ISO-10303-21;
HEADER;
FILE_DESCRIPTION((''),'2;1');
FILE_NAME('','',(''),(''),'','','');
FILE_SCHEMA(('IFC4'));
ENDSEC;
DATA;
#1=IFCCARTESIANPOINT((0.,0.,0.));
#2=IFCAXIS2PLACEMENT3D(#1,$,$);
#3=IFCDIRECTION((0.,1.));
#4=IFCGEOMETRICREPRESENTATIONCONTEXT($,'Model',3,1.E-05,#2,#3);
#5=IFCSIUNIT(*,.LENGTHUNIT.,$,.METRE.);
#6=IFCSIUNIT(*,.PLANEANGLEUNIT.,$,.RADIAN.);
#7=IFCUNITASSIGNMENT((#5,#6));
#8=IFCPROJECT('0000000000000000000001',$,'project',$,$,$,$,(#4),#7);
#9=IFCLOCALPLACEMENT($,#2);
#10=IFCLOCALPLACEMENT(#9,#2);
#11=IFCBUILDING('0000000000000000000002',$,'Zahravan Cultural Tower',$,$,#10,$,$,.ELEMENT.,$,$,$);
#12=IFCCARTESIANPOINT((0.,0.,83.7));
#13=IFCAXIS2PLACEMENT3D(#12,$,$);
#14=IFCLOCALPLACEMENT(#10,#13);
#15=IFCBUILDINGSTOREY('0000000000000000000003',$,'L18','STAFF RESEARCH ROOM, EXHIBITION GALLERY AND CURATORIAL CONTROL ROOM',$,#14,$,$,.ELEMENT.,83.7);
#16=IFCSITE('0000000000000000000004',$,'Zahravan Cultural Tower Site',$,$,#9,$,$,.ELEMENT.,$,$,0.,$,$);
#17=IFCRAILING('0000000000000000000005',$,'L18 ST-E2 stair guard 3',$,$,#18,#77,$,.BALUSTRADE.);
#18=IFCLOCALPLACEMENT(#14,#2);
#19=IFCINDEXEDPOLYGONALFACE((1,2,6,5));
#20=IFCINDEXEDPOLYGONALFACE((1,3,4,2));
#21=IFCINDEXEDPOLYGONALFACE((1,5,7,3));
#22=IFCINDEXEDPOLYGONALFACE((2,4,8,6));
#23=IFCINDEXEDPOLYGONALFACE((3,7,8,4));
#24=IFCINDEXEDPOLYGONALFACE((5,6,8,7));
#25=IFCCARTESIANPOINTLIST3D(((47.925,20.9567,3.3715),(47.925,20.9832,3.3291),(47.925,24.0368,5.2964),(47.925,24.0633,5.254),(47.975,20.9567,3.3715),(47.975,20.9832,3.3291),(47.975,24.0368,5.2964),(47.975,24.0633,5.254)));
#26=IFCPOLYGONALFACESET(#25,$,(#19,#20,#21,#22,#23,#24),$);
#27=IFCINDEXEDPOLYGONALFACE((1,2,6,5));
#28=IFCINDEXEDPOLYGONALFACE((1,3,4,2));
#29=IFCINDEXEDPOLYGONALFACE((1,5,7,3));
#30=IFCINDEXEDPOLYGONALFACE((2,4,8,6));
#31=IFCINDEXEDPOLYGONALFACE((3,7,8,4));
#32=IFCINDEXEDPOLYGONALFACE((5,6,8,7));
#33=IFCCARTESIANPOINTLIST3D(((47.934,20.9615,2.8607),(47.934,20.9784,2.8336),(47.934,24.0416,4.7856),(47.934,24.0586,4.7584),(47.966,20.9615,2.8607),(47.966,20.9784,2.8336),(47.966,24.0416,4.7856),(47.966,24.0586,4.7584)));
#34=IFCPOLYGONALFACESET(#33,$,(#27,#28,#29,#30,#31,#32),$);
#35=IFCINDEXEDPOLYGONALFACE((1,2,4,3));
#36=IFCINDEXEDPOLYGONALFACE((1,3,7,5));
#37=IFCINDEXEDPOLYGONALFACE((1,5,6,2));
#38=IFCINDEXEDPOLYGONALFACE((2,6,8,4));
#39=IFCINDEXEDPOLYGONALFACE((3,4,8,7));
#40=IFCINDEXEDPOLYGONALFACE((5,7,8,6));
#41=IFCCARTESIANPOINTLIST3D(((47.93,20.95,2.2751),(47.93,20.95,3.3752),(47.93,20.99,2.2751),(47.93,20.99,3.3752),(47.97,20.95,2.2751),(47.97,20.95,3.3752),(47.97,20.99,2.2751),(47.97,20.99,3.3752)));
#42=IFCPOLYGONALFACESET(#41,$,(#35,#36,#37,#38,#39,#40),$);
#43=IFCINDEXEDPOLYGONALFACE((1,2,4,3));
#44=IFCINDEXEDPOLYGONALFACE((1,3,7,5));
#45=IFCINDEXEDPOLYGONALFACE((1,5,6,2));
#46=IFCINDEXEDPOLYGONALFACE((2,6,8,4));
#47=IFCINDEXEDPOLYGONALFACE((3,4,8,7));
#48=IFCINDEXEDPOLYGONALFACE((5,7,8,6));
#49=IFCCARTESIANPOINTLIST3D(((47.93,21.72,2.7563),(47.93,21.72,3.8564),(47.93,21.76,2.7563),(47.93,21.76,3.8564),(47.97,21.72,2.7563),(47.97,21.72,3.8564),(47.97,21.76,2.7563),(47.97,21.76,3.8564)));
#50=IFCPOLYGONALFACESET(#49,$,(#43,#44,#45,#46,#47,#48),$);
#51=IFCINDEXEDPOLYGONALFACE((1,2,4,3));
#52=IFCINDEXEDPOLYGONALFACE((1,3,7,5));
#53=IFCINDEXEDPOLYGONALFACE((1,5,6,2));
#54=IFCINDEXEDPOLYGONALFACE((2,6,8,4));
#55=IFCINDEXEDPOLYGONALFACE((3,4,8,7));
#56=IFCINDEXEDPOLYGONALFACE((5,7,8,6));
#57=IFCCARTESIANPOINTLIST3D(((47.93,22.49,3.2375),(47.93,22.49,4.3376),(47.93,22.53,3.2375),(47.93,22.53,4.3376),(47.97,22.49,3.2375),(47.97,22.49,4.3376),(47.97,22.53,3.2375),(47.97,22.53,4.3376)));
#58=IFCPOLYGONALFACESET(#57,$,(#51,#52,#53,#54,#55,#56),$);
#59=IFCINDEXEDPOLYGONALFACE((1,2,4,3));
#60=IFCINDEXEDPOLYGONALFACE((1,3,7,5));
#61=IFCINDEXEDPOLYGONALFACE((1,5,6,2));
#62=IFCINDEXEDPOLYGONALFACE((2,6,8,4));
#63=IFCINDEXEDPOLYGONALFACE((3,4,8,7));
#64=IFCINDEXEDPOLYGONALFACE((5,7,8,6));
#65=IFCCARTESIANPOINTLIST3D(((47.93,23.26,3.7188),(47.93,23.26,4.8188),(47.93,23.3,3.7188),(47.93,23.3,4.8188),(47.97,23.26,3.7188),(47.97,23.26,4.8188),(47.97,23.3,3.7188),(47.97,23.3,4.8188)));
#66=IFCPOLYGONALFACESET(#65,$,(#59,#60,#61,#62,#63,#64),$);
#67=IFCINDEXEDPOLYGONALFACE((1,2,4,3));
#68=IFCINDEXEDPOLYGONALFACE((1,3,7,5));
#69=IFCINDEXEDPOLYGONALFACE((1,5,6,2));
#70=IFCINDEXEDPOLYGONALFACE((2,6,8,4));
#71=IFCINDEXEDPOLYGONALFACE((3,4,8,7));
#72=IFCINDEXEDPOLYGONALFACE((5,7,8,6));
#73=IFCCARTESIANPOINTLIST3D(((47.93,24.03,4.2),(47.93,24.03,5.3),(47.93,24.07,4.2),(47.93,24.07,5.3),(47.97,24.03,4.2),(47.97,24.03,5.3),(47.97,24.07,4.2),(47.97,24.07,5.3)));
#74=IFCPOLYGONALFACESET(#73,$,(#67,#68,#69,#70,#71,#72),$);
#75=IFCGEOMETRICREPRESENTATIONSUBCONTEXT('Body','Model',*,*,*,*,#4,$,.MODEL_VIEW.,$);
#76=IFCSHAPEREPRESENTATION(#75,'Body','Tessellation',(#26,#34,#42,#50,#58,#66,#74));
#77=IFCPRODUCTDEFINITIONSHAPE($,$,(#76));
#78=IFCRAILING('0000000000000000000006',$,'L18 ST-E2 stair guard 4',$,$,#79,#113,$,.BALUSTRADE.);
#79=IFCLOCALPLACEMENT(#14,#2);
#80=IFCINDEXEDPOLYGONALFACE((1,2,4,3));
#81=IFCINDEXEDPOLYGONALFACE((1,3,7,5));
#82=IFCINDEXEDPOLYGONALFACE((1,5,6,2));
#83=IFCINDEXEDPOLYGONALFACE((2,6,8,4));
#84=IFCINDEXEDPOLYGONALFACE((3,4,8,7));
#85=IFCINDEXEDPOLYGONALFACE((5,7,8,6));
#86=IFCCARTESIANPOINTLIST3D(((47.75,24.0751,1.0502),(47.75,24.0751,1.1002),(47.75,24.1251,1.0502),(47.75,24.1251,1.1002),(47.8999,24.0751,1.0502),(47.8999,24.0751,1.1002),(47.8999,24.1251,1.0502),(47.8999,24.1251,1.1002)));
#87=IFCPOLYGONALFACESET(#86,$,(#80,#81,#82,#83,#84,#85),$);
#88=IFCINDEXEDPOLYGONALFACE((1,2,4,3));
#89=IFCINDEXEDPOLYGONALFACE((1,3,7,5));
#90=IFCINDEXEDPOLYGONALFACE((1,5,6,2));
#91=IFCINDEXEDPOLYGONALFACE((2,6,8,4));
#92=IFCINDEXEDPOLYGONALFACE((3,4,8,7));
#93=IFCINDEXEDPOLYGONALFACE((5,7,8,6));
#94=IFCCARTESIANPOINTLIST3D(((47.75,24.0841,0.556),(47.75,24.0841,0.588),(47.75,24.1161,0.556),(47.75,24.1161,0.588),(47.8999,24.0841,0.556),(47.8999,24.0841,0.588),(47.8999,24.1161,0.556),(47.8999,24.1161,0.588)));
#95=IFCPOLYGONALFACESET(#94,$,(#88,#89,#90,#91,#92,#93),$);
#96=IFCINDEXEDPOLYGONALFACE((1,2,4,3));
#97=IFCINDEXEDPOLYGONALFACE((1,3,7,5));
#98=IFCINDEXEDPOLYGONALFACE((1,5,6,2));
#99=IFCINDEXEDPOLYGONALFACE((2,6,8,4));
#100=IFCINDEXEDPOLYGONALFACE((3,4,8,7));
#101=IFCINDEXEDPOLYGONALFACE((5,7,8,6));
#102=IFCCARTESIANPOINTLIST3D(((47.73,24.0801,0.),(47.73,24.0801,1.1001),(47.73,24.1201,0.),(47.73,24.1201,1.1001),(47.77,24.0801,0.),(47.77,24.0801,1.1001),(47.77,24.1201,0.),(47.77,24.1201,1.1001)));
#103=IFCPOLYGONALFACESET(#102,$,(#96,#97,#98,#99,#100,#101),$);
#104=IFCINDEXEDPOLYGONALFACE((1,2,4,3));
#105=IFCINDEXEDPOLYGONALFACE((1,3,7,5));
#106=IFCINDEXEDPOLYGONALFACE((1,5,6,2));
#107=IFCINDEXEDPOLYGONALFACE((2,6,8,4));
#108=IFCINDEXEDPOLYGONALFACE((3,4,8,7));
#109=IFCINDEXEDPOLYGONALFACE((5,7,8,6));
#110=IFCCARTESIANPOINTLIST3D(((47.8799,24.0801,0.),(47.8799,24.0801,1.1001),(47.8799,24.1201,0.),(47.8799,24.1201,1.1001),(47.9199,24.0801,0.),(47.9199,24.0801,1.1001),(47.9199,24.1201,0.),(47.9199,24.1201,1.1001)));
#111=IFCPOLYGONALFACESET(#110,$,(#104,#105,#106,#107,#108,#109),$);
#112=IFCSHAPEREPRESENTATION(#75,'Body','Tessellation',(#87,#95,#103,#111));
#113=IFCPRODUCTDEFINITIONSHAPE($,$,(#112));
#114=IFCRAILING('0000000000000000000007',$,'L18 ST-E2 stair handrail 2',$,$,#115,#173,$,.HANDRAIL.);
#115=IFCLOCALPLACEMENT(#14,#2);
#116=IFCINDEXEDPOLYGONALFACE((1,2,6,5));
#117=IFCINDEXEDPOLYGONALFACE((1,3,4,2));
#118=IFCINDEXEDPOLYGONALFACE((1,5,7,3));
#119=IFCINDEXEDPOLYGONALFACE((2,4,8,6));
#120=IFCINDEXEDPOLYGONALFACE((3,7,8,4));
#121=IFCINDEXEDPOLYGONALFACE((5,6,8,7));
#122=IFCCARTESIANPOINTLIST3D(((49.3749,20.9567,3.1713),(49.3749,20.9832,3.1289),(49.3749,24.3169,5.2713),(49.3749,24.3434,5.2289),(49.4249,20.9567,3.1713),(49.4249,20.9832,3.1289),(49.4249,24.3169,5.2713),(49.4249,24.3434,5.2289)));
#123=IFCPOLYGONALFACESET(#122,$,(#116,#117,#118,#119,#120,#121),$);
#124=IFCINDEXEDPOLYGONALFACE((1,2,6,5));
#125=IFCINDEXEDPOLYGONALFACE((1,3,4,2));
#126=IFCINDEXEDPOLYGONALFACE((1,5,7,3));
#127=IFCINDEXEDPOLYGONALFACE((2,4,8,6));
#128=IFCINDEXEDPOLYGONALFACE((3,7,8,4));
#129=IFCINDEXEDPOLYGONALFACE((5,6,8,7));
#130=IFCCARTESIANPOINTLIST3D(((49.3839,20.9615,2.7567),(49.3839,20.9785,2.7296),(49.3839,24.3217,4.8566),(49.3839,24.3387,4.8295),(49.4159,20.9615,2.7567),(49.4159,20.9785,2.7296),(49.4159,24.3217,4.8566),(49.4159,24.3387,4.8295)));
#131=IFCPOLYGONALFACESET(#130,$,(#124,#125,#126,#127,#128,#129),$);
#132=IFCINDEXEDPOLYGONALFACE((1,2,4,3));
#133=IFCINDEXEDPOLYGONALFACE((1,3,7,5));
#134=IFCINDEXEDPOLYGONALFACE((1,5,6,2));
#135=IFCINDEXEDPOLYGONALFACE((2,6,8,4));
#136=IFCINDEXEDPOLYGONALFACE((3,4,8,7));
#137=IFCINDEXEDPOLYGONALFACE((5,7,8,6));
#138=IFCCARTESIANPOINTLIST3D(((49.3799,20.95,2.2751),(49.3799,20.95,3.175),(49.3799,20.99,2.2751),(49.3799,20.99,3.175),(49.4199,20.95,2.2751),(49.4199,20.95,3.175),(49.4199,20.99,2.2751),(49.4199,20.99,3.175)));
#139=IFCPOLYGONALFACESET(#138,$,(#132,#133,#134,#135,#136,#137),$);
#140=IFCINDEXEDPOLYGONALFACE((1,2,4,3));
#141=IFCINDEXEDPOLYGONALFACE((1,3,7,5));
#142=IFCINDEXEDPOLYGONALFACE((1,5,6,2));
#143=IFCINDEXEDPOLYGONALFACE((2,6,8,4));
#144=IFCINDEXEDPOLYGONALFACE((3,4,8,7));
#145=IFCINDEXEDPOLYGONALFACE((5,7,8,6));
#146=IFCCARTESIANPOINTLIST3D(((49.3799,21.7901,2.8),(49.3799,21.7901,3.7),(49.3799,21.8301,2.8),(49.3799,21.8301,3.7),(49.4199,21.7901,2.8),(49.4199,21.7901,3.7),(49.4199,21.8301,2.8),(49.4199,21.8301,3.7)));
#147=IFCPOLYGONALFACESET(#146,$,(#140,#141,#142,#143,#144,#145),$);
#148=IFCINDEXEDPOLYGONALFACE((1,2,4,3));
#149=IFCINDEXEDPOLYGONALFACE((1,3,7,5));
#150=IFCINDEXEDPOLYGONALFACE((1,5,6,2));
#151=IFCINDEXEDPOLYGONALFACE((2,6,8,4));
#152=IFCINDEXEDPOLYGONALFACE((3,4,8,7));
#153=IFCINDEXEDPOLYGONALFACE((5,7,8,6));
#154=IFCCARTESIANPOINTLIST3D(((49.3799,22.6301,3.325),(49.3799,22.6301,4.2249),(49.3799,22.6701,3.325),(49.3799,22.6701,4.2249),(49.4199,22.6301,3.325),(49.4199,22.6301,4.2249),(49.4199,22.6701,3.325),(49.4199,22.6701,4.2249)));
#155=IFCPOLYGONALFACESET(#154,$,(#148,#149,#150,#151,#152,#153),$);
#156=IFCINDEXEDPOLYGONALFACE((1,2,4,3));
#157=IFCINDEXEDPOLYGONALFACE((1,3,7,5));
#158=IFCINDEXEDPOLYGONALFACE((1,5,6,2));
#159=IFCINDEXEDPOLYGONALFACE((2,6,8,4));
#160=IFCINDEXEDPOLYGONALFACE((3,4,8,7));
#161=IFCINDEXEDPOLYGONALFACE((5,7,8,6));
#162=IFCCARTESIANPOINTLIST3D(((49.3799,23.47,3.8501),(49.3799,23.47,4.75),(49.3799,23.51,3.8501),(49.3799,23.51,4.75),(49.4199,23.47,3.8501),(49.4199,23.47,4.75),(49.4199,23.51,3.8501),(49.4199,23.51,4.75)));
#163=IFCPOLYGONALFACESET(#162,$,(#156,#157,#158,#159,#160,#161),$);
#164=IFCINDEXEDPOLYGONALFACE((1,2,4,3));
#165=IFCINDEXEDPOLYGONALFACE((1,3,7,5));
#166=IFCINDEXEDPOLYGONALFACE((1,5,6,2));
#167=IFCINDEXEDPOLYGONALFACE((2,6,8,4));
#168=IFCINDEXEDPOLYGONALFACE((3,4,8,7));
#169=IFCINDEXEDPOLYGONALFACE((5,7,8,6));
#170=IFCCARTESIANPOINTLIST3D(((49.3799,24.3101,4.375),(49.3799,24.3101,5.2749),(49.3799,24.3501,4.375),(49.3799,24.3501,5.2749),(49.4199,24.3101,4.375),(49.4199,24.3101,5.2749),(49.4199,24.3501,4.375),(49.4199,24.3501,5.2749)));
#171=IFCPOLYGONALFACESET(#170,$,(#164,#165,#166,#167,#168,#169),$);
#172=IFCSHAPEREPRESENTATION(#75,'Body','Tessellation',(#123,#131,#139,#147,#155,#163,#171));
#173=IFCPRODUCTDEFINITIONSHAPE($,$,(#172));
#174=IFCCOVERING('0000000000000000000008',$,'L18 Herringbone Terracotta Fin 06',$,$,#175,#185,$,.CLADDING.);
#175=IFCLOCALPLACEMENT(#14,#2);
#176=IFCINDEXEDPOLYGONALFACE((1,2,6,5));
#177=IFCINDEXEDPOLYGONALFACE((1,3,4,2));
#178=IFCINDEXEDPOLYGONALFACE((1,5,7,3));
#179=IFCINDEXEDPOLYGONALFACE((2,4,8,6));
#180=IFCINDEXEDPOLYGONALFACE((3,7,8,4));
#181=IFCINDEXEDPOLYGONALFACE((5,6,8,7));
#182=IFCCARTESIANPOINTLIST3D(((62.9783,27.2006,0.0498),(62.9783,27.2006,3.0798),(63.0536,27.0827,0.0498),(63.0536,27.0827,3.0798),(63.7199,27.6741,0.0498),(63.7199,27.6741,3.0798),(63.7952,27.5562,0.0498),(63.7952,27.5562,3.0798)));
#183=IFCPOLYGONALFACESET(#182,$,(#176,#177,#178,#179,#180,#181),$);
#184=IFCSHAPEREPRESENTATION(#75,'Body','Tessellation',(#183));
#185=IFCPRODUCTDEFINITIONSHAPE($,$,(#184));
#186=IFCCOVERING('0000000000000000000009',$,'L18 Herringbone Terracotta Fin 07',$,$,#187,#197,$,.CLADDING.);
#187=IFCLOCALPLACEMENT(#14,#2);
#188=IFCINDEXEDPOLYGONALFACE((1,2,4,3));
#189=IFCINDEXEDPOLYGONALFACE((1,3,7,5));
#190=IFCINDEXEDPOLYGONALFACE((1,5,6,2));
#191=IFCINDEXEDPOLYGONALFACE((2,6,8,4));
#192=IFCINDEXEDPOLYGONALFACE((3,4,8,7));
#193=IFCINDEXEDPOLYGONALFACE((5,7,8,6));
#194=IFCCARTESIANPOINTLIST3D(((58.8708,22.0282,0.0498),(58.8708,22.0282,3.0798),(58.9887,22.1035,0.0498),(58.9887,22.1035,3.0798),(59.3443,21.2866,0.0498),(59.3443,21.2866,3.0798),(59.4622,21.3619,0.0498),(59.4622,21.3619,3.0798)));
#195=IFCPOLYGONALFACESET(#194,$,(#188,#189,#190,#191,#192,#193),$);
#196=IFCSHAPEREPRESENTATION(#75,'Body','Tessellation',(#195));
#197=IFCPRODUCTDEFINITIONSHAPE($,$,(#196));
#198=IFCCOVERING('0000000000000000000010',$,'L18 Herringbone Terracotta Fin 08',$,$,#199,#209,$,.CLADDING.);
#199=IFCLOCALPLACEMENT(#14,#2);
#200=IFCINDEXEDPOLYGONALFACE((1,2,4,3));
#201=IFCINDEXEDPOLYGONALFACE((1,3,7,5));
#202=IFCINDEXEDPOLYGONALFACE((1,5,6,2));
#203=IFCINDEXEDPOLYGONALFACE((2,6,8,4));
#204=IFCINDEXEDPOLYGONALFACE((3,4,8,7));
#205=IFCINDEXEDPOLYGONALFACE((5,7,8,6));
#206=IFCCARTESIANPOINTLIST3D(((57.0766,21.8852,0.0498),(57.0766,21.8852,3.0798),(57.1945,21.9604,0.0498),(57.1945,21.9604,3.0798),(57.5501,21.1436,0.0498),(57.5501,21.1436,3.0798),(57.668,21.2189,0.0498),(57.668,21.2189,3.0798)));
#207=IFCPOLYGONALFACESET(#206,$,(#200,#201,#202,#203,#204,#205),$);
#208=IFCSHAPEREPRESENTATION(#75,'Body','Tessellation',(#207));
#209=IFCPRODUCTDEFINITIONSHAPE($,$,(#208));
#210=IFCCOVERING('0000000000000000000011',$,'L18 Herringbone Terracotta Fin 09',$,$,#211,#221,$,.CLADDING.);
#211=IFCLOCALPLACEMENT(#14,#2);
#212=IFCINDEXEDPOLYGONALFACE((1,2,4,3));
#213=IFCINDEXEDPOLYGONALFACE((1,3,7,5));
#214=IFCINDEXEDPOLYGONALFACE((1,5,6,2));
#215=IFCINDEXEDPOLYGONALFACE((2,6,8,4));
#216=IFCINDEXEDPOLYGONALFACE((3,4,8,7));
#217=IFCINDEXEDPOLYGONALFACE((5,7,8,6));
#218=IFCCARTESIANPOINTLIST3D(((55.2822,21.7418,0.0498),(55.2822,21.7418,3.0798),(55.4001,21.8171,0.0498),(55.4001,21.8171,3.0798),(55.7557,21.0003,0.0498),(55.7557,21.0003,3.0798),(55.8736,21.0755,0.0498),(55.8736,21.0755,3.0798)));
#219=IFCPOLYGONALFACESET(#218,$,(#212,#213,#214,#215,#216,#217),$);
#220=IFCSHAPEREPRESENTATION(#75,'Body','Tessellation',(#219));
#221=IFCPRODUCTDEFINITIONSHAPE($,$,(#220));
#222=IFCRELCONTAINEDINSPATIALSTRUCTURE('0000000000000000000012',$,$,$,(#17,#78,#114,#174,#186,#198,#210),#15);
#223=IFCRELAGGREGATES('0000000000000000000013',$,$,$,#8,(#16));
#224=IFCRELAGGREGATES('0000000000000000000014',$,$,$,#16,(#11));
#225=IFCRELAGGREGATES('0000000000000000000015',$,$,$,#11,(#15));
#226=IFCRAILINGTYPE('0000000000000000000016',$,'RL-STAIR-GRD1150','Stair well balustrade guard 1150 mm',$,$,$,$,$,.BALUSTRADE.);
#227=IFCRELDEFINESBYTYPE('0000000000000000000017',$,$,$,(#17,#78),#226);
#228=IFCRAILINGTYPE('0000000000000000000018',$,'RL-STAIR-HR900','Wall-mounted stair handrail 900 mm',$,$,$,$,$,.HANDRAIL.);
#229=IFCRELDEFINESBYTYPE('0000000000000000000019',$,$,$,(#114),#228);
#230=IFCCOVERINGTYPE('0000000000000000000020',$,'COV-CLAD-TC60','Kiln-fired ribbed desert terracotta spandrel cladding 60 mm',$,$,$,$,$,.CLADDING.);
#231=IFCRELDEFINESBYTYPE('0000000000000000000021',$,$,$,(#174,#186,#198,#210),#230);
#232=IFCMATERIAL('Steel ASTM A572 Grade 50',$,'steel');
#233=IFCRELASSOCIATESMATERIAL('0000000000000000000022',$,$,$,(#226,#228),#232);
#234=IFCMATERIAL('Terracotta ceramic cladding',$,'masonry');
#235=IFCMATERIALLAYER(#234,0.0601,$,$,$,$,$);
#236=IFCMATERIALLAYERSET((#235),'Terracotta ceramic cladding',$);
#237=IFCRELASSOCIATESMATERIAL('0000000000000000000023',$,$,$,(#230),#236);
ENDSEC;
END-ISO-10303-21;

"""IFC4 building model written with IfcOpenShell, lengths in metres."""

from ifc_helpers import new_model, si_unit, direction, frame, origin, origin_2d, place, context, subcontext, project, spatial, rectangle, extrude, source, transform, mapped, material, layer, layer_set, type_object, element, save


model = new_model("IFC4")

# Units and contexts
model_context = context("Model", 3, precision=1e-05, world=origin(), true_north=direction((0.0, 1.0)))
body_context = subcontext(model_context, "Body", "Model", "MODEL_VIEW")
ifc_project = project(units=[si_unit("LENGTHUNIT", "METRE"), si_unit("PLANEANGLEUNIT", "RADIAN")], contexts=[model_context])

# Site, building, storey
site_placement = place(None, origin())
site = spatial("IfcSite", under=ifc_project, at=site_placement, Name="Zahravan Cultural Tower Site", CompositionType="ELEMENT", RefElevation=0.0)
building_placement = place(site_placement, origin())
building = spatial("IfcBuilding", under=site, at=building_placement, Name="Zahravan Cultural Tower", CompositionType="ELEMENT")
storey_placement = place(building_placement, frame((0.0, 0.0, 83.7)))
storey = spatial("IfcBuildingStorey", under=building, at=storey_placement, Name="L18", Description="STAFF RESEARCH ROOM, EXHIBITION GALLERY AND CURATORIAL CONTROL ROOM", CompositionType="ELEMENT", Elevation=83.7)

# Railings
ifc_material_1 = material(Name="Steel ASTM A572 Grade 50", Category="steel")
railing_type_1 = type_object("IfcRailingType", Name="RL-STAIR-GRD1150", Description="Stair well balustrade guard 1150 mm", PredefinedType="BALUSTRADE", material=ifc_material_1)
railing_1_placement = place(storey_placement, frame((47.95, 20.97, 2.2751)))
element("IfcRailing", 1, at=railing_1_placement, inside=storey, type_object=railing_type_1, Name="L18 ST-E2 stair guard 3", PredefinedType="BALUSTRADE", context=body_context, shape_type="SweptSolid", body=[
    extrude(rectangle(XDim=0.05, YDim=0.05, at=origin_2d()), frame((0.0, 0.0, 1.0752), z_axis=(0.0, 0.848029, 0.529951), x_axis=(-1.0, 0.0, 0.0)), (0.0, 0.0, 1.0), 3.6321),
    extrude(rectangle(XDim=0.032, YDim=0.032, at=origin_2d()), frame((0.0, 0.0, 0.572), z_axis=(0.0, 0.848029, 0.529951), x_axis=(-1.0, 0.0, 0.0)), (0.0, 0.0, 1.0), 3.6321),
    extrude(rectangle(XDim=0.04, YDim=0.04, at=origin_2d()), origin(), (0.0, 0.0, 1.0), 1.1001),
    extrude(rectangle(XDim=0.04, YDim=0.04, at=origin_2d()), frame((0.0, 0.77, 0.4812)), (0.0, 0.0, 1.0), 1.1001),
    extrude(rectangle(XDim=0.04, YDim=0.04, at=origin_2d()), frame((0.0, 1.54, 0.9624)), (0.0, 0.0, 1.0), 1.1001),
    extrude(rectangle(XDim=0.04, YDim=0.04, at=origin_2d()), frame((0.0, 2.3101, 1.4436)), (0.0, 0.0, 1.0), 1.1001),
    extrude(rectangle(XDim=0.04, YDim=0.04, at=origin_2d()), frame((0.0, 3.0801, 1.9248)), (0.0, 0.0, 1.0), 1.1001),
])
railing_2_placement = place(storey_placement, frame((47.75, 24.1001, 0.0)))
element("IfcRailing", 2, at=railing_2_placement, inside=storey, type_object=railing_type_1, Name="L18 ST-E2 stair guard 4", PredefinedType="BALUSTRADE", context=body_context, shape_type="SweptSolid", body=[
    extrude(rectangle(XDim=0.05, YDim=0.05, at=origin_2d()), frame((0.0, 0.0, 1.0752), z_axis=(1.0, 0.0, 0.0), x_axis=(0.0, 1.0, 0.0)), (0.0, 0.0, 1.0), 0.1499),
    extrude(rectangle(XDim=0.032, YDim=0.032, at=origin_2d()), frame((0.0, 0.0, 0.572), z_axis=(1.0, 0.0, 0.0), x_axis=(0.0, 1.0, 0.0)), (0.0, 0.0, 1.0), 0.1499),
    extrude(rectangle(XDim=0.04, YDim=0.04, at=origin_2d()), origin(), (0.0, 0.0, 1.0), 1.1001),
    extrude(rectangle(XDim=0.04, YDim=0.04, at=origin_2d()), frame((0.1499, 0.0, 0.0)), (0.0, 0.0, 1.0), 1.1001),
])
railing_type_2 = type_object("IfcRailingType", Name="RL-STAIR-HR900", Description="Wall-mounted stair handrail 900 mm", PredefinedType="HANDRAIL", material=ifc_material_1)
railing_3_placement = place(storey_placement, frame((49.3999, 20.97, 2.2751)))
element("IfcRailing", 3, at=railing_3_placement, inside=storey, type_object=railing_type_2, Name="L18 ST-E2 stair handrail 2", PredefinedType="HANDRAIL", context=body_context, shape_type="SweptSolid", body=[
    extrude(rectangle(XDim=0.05, YDim=0.05, at=origin_2d()), frame((0.0, 0.0, 0.875), z_axis=(0.0, 0.848023, 0.52996), x_axis=(-1.0, 0.0, 0.0)), (0.0, 0.0, 1.0), 3.9624),
    extrude(rectangle(XDim=0.032, YDim=0.032, at=origin_2d()), frame((0.0, 0.0, 0.468), z_axis=(0.0, 0.848023, 0.52996), x_axis=(-1.0, 0.0, 0.0)), (0.0, 0.0, 1.0), 3.9624),
    extrude(rectangle(XDim=0.04, YDim=0.04, at=origin_2d()), origin(), (0.0, 0.0, 1.0), 0.8999),
    extrude(rectangle(XDim=0.04, YDim=0.04, at=origin_2d()), frame((0.0, 0.8401, 0.5249)), (0.0, 0.0, 1.0), 0.8999),
    extrude(rectangle(XDim=0.04, YDim=0.04, at=origin_2d()), frame((0.0, 1.6802, 1.0498)), (0.0, 0.0, 1.0), 0.8999),
    extrude(rectangle(XDim=0.04, YDim=0.04, at=origin_2d()), frame((0.0, 2.52, 1.575)), (0.0, 0.0, 1.0), 0.8999),
    extrude(rectangle(XDim=0.04, YDim=0.04, at=origin_2d()), frame((0.0, 3.3601, 2.0999)), (0.0, 0.0, 1.0), 0.8999),
])

# Coverings
ifc_material_2 = material(Name="Terracotta ceramic cladding", Category="masonry")
ifc_layer_1 = layer(ifc_material_2, 0.0601)
ifc_layer_set_1 = layer_set([ifc_layer_1], Name="Terracotta ceramic cladding")
covering_type = type_object("IfcCoveringType", Name="COV-CLAD-TC60", Description="Kiln-fired ribbed desert terracotta spandrel cladding 60 mm", PredefinedType="CLADDING", material=ifc_layer_set_1)
shared_shape_1 = source(origin(), body_context, "Body", "SweptSolid", [
    extrude(rectangle(XDim=0.8799, YDim=0.1399, at=origin_2d()), origin(), (0.0, 0.0, 1.0), 3.03),
])
for number, where, z_axis, x_axis, name in (
    (4, (63.3867, 27.3784, 0.0498), (0.0, 0.0, 1.0), (0.842828, 0.538183, 0.0), "L18 Herringbone Terracotta Fin 06"),
    (5, (59.1665, 21.6951, 0.0498), (0.0, 0.0, 1.0), (0.538183, -0.842828, 0.0), "L18 Herringbone Terracotta Fin 07"),
    (6, (57.3723, 21.552, 0.0498), (0.0, 0.0, 1.0), (0.538183, -0.842828, 0.0), "L18 Herringbone Terracotta Fin 08"),
    (7, (55.5779, 21.4087, 0.0498), (0.0, 0.0, 1.0), (0.538183, -0.842828, 0.0), "L18 Herringbone Terracotta Fin 09"),
):
    element("IfcCovering", number, at=place(storey_placement, frame(where, z_axis=z_axis, x_axis=x_axis)), inside=storey, type_object=covering_type, Name=name, PredefinedType="CLADDING", context=body_context, shape_type="MappedRepresentation", body=[
        mapped(shared_shape_1, transform((0.0, 0.0, 0.0), x_axis=(1.0, 0.0, 0.0), y_axis=(0.0, 1.0, 0.0), z_axis=(0.0, 0.0, 1.0), scale=1.0)),
    ])

save(model, "model.ifc")
